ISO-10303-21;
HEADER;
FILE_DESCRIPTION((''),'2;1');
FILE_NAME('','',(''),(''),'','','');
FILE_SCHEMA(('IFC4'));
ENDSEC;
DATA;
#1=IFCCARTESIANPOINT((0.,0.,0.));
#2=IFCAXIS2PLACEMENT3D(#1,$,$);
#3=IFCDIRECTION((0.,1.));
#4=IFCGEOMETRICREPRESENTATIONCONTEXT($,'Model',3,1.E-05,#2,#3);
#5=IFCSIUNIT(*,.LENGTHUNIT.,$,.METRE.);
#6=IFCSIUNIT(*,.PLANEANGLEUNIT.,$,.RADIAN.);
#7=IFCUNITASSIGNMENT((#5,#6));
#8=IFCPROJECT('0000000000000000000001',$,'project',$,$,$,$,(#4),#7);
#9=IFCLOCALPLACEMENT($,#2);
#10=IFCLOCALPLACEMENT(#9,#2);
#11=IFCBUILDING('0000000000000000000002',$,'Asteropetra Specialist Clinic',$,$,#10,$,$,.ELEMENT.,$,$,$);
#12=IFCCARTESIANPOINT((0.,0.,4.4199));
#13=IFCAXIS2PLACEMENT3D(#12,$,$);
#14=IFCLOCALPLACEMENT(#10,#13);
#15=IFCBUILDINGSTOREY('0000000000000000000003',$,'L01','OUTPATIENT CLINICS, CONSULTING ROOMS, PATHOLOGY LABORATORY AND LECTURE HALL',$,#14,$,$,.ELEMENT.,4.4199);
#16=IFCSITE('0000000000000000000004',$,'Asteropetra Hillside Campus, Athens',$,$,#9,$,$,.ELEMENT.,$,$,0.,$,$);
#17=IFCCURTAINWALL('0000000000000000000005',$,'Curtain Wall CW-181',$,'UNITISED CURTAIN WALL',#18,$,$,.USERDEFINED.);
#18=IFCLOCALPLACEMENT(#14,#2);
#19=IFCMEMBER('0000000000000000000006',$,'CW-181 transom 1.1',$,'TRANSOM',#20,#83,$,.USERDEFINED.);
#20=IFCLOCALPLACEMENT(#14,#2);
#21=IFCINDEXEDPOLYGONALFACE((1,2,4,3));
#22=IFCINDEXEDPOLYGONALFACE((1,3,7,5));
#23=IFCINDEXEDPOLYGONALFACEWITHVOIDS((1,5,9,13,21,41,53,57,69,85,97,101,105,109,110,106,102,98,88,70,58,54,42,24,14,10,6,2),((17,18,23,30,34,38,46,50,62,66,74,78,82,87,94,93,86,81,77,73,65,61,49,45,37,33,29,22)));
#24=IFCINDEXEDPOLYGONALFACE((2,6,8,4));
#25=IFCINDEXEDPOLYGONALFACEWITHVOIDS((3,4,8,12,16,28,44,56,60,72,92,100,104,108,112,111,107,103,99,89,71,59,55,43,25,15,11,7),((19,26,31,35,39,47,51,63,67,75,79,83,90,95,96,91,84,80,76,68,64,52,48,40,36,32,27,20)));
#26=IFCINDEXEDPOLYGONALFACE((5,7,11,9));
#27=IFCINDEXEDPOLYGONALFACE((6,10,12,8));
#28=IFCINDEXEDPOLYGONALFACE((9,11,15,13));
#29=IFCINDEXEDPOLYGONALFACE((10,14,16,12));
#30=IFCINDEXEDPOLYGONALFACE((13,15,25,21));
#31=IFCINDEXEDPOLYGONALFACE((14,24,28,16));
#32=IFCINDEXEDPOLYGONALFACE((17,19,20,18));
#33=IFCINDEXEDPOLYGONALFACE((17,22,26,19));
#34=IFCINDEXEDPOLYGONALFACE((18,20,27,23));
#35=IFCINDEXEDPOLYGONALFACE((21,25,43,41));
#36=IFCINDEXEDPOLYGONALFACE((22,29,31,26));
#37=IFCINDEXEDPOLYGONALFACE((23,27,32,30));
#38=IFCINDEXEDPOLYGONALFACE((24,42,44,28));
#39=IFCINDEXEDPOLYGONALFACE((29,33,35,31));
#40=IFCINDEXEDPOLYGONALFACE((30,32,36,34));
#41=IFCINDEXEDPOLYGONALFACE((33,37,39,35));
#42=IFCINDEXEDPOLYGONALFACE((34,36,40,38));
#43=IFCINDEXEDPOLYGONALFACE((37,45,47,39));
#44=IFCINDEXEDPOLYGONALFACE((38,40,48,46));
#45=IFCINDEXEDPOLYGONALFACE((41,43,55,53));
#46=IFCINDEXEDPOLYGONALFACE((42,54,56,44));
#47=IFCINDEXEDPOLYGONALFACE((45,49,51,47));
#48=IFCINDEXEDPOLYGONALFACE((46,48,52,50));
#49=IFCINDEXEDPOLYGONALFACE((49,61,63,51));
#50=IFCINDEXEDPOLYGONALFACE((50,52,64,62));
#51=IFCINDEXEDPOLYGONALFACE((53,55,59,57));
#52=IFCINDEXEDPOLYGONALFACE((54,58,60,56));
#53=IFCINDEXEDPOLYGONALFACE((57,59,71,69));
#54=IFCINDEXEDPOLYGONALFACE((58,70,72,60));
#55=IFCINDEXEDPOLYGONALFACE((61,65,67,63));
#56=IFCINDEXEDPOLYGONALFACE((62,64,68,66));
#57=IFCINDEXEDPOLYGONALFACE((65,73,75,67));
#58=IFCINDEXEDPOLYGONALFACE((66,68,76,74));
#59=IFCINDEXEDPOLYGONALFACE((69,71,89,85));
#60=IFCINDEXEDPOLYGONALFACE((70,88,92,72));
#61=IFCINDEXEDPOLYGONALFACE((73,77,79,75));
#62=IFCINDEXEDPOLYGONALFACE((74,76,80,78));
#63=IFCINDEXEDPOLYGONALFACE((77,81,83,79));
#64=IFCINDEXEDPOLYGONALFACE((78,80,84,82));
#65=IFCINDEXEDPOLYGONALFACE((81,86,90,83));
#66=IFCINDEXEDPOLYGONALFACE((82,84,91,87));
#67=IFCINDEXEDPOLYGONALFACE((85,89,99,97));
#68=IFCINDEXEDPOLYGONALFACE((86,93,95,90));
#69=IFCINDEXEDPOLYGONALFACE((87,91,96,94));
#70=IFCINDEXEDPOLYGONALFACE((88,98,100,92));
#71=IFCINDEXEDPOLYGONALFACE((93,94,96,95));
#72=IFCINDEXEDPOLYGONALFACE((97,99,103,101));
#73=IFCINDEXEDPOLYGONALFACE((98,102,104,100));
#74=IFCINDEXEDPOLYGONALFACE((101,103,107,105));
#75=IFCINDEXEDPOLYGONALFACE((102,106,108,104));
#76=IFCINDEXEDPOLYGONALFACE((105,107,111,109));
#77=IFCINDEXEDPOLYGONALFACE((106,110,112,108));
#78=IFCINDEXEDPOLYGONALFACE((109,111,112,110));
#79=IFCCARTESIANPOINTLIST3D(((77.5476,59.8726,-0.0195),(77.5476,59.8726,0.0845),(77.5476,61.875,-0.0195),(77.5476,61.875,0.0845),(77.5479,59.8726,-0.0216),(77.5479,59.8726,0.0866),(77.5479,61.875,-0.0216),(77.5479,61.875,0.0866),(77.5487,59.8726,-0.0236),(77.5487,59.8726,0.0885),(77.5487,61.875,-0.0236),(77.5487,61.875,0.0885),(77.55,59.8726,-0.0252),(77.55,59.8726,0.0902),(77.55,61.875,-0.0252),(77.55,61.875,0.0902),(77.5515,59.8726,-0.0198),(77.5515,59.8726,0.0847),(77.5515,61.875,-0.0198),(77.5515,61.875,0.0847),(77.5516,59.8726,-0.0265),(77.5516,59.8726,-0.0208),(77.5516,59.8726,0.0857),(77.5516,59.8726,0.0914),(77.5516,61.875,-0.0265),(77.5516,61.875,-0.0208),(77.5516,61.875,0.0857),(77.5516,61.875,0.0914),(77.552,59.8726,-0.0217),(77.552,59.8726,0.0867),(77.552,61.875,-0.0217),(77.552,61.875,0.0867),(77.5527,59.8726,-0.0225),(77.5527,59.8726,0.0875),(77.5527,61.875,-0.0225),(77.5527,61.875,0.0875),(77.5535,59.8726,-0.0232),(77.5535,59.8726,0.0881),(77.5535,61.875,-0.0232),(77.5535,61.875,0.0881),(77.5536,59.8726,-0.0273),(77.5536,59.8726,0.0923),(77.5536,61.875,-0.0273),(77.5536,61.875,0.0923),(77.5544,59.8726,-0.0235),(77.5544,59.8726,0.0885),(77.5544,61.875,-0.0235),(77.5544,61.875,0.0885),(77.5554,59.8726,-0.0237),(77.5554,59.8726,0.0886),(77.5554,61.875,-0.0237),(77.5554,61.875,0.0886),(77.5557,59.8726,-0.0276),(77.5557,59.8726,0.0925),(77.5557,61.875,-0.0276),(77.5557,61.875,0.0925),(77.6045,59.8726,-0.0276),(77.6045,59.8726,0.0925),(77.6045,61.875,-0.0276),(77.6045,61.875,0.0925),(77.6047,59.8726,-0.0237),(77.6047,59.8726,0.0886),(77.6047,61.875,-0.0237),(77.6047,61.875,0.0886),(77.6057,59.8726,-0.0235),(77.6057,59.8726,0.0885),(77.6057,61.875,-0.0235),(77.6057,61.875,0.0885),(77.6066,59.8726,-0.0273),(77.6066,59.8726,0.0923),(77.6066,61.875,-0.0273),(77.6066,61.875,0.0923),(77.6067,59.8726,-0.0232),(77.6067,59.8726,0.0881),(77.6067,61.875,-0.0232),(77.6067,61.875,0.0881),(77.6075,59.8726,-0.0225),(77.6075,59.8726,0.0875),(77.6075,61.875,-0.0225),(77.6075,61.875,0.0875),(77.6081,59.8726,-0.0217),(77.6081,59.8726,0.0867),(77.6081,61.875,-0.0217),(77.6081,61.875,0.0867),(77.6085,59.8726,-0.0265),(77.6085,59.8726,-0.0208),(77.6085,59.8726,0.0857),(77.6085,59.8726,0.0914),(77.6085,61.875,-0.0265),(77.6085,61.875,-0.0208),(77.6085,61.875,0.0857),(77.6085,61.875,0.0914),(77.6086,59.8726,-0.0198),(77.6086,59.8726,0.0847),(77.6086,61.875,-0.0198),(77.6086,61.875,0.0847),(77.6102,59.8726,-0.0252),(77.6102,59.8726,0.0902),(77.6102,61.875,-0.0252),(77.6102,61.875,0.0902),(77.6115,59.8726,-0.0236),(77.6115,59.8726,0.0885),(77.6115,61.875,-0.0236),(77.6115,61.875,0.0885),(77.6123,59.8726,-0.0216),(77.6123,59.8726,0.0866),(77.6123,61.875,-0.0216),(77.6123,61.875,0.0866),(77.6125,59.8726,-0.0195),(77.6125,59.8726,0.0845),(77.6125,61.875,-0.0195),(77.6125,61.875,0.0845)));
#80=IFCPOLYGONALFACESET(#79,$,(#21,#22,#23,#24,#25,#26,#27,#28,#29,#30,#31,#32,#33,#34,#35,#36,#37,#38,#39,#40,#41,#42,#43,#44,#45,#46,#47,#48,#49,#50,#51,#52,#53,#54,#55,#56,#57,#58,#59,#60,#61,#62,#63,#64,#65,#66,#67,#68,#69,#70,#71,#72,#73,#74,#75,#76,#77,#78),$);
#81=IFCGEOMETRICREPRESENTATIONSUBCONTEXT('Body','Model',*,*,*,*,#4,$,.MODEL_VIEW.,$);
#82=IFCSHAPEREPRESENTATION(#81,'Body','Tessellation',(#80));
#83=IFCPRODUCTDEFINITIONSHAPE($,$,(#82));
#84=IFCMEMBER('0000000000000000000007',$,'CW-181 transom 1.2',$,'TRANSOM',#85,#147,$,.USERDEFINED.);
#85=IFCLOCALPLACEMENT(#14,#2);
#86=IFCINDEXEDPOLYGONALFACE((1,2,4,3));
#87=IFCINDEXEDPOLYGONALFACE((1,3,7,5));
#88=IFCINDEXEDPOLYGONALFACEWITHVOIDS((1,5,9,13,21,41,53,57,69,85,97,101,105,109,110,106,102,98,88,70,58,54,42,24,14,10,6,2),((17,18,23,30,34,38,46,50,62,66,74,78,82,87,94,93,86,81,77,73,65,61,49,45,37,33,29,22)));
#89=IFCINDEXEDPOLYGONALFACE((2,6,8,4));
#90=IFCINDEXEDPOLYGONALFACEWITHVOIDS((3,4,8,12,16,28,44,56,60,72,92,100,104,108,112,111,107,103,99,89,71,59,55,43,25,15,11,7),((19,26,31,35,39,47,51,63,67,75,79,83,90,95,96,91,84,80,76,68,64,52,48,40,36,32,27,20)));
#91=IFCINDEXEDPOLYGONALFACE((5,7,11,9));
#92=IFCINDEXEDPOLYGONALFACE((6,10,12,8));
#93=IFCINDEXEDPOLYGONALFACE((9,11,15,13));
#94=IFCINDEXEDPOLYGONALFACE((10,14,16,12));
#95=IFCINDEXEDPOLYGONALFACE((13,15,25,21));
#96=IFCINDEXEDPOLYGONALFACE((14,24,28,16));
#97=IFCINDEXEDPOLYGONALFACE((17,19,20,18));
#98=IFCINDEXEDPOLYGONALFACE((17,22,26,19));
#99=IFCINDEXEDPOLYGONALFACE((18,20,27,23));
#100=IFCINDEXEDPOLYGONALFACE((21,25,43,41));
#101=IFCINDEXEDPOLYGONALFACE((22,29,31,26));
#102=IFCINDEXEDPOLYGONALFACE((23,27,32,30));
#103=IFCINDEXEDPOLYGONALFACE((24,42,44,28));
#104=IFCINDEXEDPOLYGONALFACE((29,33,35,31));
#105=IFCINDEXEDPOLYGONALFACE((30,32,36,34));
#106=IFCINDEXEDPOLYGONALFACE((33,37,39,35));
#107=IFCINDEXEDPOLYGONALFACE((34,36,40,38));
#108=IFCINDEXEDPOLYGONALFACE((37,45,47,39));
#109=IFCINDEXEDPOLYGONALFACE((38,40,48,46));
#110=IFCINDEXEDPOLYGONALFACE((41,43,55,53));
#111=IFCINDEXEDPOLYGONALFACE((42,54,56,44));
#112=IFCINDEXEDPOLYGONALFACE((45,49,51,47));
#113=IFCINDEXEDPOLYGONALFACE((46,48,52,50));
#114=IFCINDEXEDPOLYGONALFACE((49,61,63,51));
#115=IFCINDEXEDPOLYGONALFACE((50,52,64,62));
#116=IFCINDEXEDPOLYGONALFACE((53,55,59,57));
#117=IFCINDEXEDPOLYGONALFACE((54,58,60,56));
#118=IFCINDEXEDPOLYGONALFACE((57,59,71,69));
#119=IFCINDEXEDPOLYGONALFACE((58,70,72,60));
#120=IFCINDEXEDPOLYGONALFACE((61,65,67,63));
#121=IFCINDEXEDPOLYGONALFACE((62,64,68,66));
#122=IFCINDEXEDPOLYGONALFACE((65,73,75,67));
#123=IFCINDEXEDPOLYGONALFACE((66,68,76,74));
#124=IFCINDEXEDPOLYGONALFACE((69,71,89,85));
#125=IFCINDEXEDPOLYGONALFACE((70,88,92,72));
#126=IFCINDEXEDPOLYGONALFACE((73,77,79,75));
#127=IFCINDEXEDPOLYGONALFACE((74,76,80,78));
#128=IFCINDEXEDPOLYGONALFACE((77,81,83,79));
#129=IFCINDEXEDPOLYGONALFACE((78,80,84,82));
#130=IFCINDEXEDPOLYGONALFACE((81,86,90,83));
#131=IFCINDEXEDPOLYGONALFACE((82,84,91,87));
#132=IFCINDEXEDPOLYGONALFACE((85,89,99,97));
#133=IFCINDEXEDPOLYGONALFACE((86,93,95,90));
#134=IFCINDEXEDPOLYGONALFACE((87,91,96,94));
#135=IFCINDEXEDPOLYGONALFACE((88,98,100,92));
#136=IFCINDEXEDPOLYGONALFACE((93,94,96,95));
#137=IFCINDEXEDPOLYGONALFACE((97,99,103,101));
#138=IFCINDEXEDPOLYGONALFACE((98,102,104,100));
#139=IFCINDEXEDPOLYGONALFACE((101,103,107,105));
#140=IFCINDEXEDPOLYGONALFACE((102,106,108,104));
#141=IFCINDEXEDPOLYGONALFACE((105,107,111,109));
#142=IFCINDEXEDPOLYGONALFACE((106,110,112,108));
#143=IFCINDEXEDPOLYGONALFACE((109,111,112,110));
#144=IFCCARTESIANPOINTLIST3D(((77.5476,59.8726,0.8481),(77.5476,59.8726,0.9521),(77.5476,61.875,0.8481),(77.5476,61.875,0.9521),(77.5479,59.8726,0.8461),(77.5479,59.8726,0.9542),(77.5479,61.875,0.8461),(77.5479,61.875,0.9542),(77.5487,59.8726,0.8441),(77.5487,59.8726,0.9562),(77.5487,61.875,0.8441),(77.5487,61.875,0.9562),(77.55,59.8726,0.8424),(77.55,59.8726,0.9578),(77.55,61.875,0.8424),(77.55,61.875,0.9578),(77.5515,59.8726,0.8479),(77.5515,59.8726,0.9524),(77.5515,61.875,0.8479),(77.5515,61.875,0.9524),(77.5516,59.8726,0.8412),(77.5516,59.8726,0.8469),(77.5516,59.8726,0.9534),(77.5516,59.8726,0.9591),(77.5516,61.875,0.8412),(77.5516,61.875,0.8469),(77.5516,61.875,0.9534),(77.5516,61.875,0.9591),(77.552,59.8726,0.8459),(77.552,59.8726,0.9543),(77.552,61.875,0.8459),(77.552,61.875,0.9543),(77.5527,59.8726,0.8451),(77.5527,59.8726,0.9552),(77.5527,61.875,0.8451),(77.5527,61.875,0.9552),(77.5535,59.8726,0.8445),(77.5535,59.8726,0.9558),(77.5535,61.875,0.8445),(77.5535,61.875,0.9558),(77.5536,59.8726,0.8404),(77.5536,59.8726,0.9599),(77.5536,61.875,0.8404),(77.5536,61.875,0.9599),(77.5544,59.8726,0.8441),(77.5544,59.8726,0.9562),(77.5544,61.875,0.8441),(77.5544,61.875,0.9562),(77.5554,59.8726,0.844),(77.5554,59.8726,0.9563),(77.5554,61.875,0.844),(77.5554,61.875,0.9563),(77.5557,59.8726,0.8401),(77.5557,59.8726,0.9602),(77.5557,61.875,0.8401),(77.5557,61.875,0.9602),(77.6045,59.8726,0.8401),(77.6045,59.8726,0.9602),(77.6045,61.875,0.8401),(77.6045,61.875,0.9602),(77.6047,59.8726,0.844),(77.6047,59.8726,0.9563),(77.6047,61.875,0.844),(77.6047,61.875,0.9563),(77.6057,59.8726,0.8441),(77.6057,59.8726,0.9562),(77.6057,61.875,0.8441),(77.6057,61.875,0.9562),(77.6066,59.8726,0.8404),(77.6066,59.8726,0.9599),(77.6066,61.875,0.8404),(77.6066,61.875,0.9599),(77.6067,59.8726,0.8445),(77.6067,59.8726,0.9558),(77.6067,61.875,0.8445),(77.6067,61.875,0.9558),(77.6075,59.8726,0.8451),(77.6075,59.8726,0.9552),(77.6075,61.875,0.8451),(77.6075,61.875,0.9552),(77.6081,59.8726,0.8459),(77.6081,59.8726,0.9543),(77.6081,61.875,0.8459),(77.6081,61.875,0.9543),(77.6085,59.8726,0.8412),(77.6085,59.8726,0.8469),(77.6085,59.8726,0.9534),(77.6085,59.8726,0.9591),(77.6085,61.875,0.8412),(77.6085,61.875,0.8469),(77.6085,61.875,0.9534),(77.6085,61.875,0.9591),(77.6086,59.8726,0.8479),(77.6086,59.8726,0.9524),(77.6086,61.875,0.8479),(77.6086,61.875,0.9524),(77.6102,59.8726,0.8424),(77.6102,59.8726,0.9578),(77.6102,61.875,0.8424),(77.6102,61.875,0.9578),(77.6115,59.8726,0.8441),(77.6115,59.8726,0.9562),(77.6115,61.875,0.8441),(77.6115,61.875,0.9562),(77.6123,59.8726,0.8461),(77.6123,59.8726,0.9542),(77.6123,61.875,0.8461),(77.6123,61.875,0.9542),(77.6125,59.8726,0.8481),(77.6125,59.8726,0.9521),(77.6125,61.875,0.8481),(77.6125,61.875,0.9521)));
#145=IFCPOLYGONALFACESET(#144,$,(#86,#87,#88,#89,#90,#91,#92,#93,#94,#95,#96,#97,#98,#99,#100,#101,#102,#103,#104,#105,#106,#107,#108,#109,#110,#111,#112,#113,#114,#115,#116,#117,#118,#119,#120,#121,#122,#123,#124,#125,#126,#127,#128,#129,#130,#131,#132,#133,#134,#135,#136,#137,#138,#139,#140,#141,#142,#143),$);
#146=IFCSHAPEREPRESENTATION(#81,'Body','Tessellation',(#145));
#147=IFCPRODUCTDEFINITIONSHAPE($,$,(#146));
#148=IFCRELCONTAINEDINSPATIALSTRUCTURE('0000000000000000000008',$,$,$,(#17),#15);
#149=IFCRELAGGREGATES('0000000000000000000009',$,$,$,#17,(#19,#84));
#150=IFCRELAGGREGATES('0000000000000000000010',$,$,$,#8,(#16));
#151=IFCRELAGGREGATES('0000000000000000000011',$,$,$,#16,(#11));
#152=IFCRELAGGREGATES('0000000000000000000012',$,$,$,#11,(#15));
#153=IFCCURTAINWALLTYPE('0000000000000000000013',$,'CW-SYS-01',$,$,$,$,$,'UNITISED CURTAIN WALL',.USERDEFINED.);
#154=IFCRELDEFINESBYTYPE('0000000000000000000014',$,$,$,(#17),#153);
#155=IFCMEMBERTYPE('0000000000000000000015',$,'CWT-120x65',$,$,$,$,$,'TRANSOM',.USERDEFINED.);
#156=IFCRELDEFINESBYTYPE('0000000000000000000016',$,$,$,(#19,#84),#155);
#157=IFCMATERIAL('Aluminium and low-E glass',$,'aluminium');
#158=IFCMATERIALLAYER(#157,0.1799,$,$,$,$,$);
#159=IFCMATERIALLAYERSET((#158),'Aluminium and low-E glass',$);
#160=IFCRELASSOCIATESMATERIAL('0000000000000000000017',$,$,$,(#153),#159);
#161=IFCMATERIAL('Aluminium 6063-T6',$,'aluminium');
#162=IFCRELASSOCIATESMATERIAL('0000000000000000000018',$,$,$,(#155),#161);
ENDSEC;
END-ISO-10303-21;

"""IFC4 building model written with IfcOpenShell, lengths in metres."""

from ifc_helpers import new_model, si_unit, direction, frame, origin, origin_2d, place, context, subcontext, project, spatial, hollow_rectangle, extrude, material, layer, layer_set, material_profile, profile_set, type_object, element, aggregate, save


model = new_model("IFC4")

# Units and contexts
model_context = context("Model", 3, precision=1e-05, world=origin(), true_north=direction((0.0, 1.0)))
body_context = subcontext(model_context, "Body", "Model", "MODEL_VIEW")
ifc_project = project(units=[si_unit("LENGTHUNIT", "METRE"), si_unit("PLANEANGLEUNIT", "RADIAN")], contexts=[model_context])

# Site, building, storey
site_placement = place(None, origin())
site = spatial("IfcSite", under=ifc_project, at=site_placement, Name="Asteropetra Hillside Campus, Athens", CompositionType="ELEMENT", RefElevation=0.0)
building_placement = place(site_placement, origin())
building = spatial("IfcBuilding", under=site, at=building_placement, Name="Asteropetra Specialist Clinic", CompositionType="ELEMENT")
storey_placement = place(building_placement, frame((0.0, 0.0, 4.4199)))
storey = spatial("IfcBuildingStorey", under=building, at=storey_placement, Name="L01", Description="OUTPATIENT CLINICS, CONSULTING ROOMS, PATHOLOGY LABORATORY AND LECTURE HALL", CompositionType="ELEMENT", Elevation=4.4199)

# Curtain wall, members
ifc_material_1 = material(Name="Aluminium and low-E glass", Category="aluminium")
ifc_layer_1 = layer(ifc_material_1, 0.1799)
ifc_layer_set_1 = layer_set([ifc_layer_1], Name="Aluminium and low-E glass")
curtain_wall_type = type_object("IfcCurtainWallType", Name="CW-SYS-01", ElementType="UNITISED CURTAIN WALL", PredefinedType="USERDEFINED", material=ifc_layer_set_1)
curtain_wall_placement = place(storey_placement, origin())
curtain_wall = element("IfcCurtainWall", 1, at=curtain_wall_placement, inside=storey, type_object=curtain_wall_type, Name="Curtain Wall CW-181", ObjectType="UNITISED CURTAIN WALL", PredefinedType="USERDEFINED")
ifc_material_2 = material(Name="Aluminium 6063-T6", Category="aluminium")
ifc_material_profile_1 = material_profile(ifc_material_2, hollow_rectangle(XDim=0.0649, YDim=0.1201, WallThickness=0.0039, InnerFilletRadius=0.0039, OuterFilletRadius=0.0081, at=origin_2d()), Name="TRN 120x65x4.0")
ifc_profile_set_1 = profile_set([ifc_material_profile_1], Name="Aluminium 6063-T6")
member_type_1 = type_object("IfcMemberType", Name="CWT-120x65", ElementType="TRANSOM", PredefinedType="USERDEFINED", material=ifc_profile_set_1)
member_1_placement = place(storey_placement, frame((77.5801, 61.875, 0.0325), z_axis=(0.0, -1.0, 0.0), x_axis=(1.0, 0.0, 0.0)))
member_1 = element("IfcMember", 2, at=member_1_placement, type_object=member_type_1, Name="CW-181 transom 1.1", ObjectType="TRANSOM", PredefinedType="USERDEFINED", context=body_context, shape_type="SweptSolid", body=[
    extrude(hollow_rectangle(XDim=0.0649, YDim=0.1201, WallThickness=0.0039, InnerFilletRadius=0.0039, OuterFilletRadius=0.0081, at=origin_2d()), origin(), (0.0, 0.0, 1.0), 2.0024),
])
member_2_placement = place(storey_placement, frame((77.5801, 61.875, 0.9001), z_axis=(0.0, -1.0, 0.0), x_axis=(1.0, 0.0, 0.0)))
member_2 = element("IfcMember", 3, at=member_2_placement, type_object=member_type_1, Name="CW-181 transom 1.2", ObjectType="TRANSOM", PredefinedType="USERDEFINED", context=body_context, shape_type="SweptSolid", body=[
    extrude(hollow_rectangle(XDim=0.0649, YDim=0.1201, WallThickness=0.0039, InnerFilletRadius=0.0039, OuterFilletRadius=0.0081, at=origin_2d()), origin(), (0.0, 0.0, 1.0), 2.0024),
])
aggregate(curtain_wall, [member_1, member_2])

save(model, "model.ifc")
